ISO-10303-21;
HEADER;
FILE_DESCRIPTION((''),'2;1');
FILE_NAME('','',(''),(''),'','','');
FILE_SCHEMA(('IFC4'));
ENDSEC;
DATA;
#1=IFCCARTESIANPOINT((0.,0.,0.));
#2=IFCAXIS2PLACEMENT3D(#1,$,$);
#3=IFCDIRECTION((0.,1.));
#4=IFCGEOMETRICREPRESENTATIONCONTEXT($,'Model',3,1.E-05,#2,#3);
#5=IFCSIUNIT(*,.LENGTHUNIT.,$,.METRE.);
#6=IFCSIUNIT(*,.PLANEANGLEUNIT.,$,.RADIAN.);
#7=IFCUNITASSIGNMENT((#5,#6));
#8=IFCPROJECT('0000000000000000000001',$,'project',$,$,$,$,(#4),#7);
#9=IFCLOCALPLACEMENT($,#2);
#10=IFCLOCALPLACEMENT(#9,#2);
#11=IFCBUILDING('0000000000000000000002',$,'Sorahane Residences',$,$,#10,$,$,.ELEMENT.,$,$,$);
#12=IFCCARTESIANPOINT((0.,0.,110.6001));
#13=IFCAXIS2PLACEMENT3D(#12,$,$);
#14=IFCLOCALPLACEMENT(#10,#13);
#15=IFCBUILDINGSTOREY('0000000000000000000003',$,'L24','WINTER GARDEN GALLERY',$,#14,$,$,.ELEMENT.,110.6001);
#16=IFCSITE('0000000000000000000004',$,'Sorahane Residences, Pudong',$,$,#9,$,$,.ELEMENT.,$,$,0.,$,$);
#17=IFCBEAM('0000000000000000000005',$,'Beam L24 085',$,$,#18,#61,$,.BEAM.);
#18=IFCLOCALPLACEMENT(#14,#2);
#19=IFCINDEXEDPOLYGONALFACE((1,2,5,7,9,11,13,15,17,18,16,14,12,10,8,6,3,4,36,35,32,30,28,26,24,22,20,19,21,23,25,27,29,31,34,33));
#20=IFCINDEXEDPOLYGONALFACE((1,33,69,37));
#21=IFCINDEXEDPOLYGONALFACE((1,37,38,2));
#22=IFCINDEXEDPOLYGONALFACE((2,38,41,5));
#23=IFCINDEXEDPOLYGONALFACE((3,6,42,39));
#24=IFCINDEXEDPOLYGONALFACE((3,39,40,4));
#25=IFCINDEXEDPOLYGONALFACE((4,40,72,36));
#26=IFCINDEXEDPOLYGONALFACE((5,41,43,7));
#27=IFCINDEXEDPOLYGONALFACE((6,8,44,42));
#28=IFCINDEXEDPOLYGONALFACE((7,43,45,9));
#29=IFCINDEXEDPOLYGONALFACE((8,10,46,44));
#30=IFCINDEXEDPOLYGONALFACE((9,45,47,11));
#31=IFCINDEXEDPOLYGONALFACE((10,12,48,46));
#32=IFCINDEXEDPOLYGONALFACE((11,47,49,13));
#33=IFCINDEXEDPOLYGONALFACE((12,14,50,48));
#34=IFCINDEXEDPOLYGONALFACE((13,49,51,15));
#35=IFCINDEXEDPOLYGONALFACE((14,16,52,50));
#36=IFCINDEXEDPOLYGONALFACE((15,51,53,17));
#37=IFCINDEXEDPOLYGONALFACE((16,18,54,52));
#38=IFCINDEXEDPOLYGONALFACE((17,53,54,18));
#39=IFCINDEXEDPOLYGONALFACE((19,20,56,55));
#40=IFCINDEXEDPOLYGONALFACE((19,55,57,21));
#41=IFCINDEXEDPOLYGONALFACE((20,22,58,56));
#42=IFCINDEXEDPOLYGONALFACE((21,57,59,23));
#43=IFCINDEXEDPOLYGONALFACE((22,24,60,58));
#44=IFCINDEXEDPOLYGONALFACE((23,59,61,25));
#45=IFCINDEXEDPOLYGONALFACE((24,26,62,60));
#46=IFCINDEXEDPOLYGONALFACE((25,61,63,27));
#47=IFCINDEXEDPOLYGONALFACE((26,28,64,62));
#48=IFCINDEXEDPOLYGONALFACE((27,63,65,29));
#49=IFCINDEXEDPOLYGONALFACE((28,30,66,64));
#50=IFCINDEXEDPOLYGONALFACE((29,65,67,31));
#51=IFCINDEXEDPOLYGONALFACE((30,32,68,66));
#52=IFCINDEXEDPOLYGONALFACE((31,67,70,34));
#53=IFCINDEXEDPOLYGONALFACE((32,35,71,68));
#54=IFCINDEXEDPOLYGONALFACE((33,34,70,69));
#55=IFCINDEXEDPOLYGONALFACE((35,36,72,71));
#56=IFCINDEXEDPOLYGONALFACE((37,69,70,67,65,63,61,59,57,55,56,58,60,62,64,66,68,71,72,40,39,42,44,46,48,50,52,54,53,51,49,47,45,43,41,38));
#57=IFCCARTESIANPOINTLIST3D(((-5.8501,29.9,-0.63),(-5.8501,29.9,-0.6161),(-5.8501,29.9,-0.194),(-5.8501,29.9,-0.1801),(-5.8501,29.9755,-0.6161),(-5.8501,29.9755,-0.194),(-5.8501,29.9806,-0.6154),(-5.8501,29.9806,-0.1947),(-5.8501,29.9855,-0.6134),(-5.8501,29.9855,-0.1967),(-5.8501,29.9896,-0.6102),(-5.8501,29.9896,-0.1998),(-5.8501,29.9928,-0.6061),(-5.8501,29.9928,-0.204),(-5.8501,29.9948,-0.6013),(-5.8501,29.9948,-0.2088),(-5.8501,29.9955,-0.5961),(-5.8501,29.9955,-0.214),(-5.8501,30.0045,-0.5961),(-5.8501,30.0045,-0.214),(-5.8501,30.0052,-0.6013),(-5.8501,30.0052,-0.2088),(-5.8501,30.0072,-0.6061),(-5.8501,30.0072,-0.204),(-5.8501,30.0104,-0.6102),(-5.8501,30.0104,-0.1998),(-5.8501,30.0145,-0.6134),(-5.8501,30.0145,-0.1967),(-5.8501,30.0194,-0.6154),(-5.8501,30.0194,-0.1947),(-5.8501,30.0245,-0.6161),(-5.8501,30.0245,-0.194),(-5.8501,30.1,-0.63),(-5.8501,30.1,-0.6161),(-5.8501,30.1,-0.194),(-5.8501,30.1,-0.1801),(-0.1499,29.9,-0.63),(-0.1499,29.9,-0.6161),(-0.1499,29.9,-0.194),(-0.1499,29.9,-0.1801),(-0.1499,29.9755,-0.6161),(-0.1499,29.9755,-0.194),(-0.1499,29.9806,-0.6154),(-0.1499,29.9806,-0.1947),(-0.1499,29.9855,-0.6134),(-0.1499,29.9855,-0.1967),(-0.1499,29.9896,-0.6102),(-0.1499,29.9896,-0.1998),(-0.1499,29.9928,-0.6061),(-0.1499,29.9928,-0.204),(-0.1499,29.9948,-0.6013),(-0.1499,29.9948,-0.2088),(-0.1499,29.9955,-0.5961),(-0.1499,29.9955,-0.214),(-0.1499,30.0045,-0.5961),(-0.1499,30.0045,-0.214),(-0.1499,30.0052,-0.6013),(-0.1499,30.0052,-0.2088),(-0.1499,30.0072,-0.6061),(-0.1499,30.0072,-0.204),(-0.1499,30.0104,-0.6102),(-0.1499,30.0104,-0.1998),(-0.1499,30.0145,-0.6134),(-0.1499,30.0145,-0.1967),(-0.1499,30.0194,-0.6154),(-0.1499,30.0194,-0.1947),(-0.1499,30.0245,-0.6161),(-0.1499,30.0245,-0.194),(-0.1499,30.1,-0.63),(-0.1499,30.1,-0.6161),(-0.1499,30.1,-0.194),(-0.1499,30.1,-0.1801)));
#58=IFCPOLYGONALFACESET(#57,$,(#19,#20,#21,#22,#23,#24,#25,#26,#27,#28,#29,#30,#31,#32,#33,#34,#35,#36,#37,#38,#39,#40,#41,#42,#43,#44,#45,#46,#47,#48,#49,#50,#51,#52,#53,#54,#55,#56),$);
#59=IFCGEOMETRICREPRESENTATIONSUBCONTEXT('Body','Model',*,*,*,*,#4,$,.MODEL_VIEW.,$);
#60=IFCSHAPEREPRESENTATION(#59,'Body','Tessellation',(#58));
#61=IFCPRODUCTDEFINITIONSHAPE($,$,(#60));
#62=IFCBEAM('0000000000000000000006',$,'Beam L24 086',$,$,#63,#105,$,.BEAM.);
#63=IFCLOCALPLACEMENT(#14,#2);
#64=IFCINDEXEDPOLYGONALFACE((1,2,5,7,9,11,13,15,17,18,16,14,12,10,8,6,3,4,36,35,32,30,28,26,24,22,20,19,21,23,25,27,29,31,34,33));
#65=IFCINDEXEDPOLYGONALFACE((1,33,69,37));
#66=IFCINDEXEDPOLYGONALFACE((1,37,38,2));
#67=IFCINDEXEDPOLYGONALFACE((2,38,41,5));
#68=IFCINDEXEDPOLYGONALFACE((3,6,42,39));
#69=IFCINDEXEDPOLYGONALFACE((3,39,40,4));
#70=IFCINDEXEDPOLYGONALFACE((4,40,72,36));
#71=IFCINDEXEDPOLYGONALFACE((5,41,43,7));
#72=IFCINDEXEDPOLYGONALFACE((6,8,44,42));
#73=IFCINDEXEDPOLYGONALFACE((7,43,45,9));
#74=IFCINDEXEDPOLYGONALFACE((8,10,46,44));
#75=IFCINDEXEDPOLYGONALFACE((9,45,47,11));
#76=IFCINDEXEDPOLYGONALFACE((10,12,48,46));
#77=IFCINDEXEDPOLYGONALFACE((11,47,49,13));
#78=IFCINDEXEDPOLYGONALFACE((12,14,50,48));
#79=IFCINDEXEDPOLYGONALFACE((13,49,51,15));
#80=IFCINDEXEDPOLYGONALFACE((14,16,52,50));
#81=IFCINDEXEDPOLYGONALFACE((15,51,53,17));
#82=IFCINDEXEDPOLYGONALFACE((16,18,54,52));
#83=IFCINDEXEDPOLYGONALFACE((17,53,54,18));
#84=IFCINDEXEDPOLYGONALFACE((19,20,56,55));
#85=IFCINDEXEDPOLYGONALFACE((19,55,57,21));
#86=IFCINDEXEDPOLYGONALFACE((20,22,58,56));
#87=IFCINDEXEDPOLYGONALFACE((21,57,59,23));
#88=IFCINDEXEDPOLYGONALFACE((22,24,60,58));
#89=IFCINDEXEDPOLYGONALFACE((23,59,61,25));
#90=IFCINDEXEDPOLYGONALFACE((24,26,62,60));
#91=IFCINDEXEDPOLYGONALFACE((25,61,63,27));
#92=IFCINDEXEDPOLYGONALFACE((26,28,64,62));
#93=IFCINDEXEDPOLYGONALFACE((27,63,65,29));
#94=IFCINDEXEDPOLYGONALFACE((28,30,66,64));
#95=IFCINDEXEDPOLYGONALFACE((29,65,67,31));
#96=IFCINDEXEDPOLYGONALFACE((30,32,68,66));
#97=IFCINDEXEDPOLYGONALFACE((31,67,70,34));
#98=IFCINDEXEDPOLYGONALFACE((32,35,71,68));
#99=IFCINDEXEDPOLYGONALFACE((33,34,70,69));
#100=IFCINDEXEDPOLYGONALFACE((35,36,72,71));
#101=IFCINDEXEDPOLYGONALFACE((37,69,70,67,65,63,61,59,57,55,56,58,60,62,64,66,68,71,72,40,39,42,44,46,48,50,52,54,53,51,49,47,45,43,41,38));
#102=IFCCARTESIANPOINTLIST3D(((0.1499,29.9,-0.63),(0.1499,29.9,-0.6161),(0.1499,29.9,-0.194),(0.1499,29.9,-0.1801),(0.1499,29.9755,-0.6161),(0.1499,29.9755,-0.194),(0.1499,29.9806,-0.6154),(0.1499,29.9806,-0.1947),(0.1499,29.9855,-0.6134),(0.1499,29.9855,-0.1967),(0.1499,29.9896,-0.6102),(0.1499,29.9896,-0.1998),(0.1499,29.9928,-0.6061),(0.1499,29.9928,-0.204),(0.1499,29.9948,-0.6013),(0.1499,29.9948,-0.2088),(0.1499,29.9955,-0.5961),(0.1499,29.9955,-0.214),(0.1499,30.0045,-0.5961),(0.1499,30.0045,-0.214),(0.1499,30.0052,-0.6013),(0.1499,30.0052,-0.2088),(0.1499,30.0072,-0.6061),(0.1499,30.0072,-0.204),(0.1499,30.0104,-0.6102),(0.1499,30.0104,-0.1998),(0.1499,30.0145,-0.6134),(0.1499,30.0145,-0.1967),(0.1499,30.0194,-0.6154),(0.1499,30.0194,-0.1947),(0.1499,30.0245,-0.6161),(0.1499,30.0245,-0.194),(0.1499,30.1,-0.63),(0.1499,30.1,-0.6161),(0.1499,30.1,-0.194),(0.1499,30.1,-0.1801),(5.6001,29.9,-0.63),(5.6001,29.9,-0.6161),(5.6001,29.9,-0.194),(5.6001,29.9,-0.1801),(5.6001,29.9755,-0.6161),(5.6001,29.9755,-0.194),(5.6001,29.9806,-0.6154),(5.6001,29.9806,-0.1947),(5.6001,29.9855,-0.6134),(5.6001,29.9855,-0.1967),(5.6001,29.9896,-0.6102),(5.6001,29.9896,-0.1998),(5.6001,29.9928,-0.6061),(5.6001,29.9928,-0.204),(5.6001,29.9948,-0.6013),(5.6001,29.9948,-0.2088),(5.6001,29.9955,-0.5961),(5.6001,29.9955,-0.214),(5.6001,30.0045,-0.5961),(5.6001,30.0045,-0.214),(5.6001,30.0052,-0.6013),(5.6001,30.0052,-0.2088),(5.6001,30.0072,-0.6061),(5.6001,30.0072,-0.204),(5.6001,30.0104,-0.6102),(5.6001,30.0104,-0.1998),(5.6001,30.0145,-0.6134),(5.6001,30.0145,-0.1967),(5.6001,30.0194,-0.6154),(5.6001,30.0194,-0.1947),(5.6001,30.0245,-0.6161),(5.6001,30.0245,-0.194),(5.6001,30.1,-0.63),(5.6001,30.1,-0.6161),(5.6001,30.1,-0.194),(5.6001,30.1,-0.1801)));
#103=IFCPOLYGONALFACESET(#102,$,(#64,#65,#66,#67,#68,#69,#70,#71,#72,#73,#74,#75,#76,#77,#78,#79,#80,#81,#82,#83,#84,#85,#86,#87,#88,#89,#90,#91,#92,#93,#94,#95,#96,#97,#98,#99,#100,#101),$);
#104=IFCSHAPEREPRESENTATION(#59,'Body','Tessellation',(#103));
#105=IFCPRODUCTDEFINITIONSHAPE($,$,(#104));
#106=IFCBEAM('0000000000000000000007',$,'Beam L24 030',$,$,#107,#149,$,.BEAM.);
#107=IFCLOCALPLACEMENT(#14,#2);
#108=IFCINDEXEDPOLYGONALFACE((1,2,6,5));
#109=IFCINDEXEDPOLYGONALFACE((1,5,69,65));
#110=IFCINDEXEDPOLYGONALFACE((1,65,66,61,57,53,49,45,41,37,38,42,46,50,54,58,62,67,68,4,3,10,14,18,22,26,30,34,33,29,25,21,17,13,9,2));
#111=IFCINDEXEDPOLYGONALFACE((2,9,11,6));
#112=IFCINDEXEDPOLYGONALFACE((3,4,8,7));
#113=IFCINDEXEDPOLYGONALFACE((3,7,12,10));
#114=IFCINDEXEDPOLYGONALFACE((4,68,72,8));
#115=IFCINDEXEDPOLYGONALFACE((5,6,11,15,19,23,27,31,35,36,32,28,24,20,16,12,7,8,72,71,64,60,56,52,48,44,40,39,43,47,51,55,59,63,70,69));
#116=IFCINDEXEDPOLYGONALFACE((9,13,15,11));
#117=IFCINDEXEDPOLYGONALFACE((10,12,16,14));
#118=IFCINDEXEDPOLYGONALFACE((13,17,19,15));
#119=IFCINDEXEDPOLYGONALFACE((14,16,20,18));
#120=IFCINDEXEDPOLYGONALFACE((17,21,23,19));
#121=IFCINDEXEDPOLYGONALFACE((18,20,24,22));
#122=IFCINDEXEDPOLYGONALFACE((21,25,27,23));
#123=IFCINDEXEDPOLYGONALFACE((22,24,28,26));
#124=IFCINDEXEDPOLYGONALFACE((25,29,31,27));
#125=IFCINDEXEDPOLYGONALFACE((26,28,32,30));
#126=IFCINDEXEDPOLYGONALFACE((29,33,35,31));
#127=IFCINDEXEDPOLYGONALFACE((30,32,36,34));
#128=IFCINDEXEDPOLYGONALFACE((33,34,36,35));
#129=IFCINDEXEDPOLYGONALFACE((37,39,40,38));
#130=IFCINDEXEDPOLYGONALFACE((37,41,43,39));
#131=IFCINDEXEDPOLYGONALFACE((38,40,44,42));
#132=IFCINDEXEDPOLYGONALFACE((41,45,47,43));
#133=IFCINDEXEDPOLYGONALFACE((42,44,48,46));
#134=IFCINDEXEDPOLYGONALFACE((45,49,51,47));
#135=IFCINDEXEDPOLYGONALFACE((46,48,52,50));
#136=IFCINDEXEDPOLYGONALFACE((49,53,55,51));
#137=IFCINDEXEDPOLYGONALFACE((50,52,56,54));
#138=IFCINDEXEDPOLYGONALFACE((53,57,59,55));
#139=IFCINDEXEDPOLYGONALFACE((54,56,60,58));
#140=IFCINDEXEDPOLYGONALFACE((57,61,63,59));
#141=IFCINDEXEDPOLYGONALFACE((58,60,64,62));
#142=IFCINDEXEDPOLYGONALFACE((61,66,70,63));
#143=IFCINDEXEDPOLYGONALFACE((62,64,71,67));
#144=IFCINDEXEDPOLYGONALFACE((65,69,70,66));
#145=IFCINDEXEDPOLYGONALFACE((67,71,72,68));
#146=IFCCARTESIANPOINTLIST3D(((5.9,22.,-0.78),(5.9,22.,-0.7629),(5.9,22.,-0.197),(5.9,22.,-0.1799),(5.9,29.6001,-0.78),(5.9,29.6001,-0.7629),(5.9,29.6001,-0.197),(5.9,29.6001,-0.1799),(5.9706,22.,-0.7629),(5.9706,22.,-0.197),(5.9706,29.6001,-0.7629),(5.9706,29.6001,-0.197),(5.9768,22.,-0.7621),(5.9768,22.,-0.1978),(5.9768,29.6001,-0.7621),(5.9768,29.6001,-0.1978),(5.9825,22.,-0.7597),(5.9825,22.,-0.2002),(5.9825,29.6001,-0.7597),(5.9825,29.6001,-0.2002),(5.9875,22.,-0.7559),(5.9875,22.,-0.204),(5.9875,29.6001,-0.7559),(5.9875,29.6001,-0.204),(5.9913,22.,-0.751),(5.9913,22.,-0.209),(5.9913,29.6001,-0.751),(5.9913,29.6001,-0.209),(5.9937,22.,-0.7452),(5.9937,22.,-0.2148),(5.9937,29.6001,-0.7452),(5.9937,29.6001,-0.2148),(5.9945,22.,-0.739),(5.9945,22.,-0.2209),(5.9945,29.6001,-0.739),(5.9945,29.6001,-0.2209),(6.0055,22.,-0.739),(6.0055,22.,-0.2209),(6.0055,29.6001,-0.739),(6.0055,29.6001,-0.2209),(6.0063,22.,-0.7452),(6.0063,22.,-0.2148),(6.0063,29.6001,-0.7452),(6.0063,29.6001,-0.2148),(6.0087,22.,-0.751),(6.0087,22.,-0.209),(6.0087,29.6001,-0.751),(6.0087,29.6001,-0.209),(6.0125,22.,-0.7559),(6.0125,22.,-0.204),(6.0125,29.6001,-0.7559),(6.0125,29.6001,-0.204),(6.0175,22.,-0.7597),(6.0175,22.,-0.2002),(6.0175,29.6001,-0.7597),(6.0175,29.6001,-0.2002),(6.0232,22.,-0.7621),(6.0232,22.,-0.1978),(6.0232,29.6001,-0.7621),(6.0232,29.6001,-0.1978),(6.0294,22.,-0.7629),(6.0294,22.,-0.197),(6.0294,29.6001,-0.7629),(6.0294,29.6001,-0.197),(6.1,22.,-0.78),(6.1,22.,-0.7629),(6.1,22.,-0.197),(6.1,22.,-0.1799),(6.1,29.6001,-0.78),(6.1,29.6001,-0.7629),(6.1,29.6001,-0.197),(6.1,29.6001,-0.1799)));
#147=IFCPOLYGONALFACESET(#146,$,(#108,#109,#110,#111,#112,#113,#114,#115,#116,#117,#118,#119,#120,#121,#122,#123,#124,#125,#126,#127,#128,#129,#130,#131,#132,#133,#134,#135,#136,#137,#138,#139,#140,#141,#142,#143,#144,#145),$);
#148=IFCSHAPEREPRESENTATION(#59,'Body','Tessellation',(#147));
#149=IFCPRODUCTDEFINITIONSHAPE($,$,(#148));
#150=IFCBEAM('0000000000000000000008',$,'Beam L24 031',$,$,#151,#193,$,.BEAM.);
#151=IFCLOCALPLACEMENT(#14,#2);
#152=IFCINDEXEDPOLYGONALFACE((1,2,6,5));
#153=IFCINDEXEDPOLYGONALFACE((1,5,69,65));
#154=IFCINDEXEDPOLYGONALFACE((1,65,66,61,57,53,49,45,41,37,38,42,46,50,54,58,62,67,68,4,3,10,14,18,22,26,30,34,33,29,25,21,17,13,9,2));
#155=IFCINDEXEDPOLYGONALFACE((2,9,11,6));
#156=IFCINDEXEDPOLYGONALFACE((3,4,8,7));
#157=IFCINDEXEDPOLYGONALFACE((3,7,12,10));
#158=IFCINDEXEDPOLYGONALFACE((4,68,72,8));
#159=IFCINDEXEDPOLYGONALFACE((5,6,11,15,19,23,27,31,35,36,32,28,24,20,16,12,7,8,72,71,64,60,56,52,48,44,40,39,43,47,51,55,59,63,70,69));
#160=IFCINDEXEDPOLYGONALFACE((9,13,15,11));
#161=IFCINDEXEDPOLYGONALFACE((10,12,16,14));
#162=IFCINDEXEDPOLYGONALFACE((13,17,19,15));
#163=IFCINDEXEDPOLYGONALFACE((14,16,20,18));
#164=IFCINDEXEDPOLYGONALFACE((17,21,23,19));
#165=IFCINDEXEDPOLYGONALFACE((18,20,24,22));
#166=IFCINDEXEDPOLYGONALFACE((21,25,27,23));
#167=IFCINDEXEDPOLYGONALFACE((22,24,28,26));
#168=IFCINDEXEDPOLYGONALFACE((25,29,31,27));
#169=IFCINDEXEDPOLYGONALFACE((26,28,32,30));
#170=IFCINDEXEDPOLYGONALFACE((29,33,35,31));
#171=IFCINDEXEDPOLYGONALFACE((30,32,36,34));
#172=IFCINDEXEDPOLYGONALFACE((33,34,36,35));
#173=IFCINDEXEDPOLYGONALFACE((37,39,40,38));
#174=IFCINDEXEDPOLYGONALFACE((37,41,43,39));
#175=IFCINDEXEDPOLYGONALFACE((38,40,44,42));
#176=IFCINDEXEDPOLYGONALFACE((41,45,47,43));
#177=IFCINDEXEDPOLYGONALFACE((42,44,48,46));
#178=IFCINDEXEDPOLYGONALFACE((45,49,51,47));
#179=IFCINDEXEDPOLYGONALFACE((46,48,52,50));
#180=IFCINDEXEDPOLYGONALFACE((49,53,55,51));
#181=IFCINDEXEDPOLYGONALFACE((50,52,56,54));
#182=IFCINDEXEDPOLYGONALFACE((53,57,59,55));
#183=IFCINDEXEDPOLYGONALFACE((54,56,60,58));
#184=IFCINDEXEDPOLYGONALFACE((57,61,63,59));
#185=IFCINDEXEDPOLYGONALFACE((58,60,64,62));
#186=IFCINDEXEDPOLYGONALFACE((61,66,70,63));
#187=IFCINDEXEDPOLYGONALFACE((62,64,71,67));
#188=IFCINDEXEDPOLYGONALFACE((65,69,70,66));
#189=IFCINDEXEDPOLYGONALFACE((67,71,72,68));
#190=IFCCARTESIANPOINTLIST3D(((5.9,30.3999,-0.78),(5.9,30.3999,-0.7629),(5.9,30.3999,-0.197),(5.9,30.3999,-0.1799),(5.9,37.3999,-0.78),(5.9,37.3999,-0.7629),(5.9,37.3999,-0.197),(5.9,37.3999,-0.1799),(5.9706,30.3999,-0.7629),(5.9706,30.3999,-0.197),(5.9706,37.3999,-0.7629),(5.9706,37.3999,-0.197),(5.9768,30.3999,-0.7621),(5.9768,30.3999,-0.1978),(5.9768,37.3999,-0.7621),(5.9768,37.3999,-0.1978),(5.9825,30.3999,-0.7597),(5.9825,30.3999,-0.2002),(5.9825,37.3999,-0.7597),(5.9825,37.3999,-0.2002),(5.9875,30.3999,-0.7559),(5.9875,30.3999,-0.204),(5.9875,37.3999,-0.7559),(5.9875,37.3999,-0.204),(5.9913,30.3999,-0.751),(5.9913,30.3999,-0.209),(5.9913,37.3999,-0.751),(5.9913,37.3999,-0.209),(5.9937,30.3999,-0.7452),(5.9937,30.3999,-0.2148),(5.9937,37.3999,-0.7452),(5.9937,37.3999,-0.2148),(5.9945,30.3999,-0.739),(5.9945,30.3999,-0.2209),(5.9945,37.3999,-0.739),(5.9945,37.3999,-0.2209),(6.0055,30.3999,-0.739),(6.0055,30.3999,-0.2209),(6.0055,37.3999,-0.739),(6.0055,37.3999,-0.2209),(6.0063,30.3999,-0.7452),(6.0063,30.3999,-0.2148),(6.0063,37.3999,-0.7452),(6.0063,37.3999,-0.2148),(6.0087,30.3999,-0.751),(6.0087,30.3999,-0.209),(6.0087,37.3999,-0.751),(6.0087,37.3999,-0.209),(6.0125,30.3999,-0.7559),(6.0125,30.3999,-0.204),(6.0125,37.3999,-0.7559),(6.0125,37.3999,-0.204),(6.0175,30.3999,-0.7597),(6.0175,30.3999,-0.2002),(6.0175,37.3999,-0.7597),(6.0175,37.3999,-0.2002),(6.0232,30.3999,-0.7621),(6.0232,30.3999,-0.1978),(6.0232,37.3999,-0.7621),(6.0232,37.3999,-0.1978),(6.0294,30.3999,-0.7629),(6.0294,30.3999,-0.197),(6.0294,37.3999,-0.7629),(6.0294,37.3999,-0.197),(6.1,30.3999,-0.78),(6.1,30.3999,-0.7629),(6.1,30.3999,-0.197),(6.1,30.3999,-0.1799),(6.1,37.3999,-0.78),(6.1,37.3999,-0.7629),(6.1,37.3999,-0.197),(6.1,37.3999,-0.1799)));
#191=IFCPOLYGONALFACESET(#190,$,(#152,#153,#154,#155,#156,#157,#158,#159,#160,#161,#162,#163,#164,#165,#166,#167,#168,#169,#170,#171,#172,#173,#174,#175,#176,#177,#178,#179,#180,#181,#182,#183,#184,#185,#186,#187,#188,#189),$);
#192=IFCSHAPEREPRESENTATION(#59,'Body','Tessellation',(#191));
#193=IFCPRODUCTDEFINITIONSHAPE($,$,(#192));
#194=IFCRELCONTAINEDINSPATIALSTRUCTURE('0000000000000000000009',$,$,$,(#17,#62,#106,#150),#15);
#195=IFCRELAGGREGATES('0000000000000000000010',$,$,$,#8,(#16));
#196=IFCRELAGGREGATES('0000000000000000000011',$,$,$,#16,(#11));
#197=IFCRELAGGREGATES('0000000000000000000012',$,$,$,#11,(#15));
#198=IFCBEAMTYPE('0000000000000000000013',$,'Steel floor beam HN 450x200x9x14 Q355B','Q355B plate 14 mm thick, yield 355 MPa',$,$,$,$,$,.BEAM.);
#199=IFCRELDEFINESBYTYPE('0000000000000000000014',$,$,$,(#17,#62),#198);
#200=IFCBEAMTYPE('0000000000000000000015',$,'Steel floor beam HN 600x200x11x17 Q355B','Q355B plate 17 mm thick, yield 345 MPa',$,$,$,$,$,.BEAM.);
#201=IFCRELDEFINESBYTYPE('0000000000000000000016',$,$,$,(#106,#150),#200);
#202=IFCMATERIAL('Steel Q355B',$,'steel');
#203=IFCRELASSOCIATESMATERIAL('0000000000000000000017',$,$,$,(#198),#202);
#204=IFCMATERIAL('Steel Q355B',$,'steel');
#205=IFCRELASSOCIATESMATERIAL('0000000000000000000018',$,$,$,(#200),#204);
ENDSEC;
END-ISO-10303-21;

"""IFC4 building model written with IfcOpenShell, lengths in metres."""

from ifc_helpers import new_model, si_unit, direction, frame, origin, origin_2d, place, context, subcontext, project, spatial, i_section, extrude, material, material_profile, profile_set, type_object, element, save


model = new_model("IFC4")

# Units and contexts
model_context = context("Model", 3, precision=1e-05, world=origin(), true_north=direction((0.0, 1.0)))
body_context = subcontext(model_context, "Body", "Model", "MODEL_VIEW")
ifc_project = project(units=[si_unit("LENGTHUNIT", "METRE"), si_unit("PLANEANGLEUNIT", "RADIAN")], contexts=[model_context])

# Site, building, storey
site_placement = place(None, origin())
site = spatial("IfcSite", under=ifc_project, at=site_placement, Name="Sorahane Residences, Pudong", CompositionType="ELEMENT", RefElevation=0.0)
building_placement = place(site_placement, origin())
building = spatial("IfcBuilding", under=site, at=building_placement, Name="Sorahane Residences", CompositionType="ELEMENT")
storey_placement = place(building_placement, frame((0.0, 0.0, 110.6001)))
storey = spatial("IfcBuildingStorey", under=building, at=storey_placement, Name="L24", Description="WINTER GARDEN GALLERY", CompositionType="ELEMENT", Elevation=110.6001)

# Beams
ifc_material_1 = material(Name="Steel Q355B", Category="steel")
ifc_material_profile_1 = material_profile(ifc_material_1, i_section(OverallWidth=0.2, OverallDepth=0.45, WebThickness=0.009, FlangeThickness=0.0139, FilletRadius=0.02, at=origin_2d()), Name="HN 450x200x9x14")
ifc_profile_set_1 = profile_set([ifc_material_profile_1], Name="Steel Q355B")
beam_type_1 = type_object("IfcBeamType", Name="Steel floor beam HN 450x200x9x14 Q355B", Description="Q355B plate 14 mm thick, yield 355 MPa", PredefinedType="BEAM", material=ifc_profile_set_1)
beam_1_placement = place(storey_placement, frame((-5.8501, 30.0, -0.405), z_axis=(1.0, 0.0, 0.0), x_axis=(0.0, 1.0, 0.0)))
element("IfcBeam", 1, at=beam_1_placement, inside=storey, type_object=beam_type_1, Name="Beam L24 085", PredefinedType="BEAM", context=body_context, shape_type="SweptSolid", body=[
    extrude(i_section(OverallWidth=0.2, OverallDepth=0.45, WebThickness=0.009, FlangeThickness=0.0139, FilletRadius=0.02, at=origin_2d()), origin(), (0.0, 0.0, 1.0), 5.7002),
])
beam_2_placement = place(storey_placement, frame((0.1499, 30.0, -0.405), z_axis=(1.0, 0.0, 0.0), x_axis=(0.0, 1.0, 0.0)))
element("IfcBeam", 2, at=beam_2_placement, inside=storey, type_object=beam_type_1, Name="Beam L24 086", PredefinedType="BEAM", context=body_context, shape_type="SweptSolid", body=[
    extrude(i_section(OverallWidth=0.2, OverallDepth=0.45, WebThickness=0.009, FlangeThickness=0.0139, FilletRadius=0.02, at=origin_2d()), origin(), (0.0, 0.0, 1.0), 5.4502),
])
ifc_material_2 = material(Name="Steel Q355B", Category="steel")
ifc_material_profile_2 = material_profile(ifc_material_2, i_section(OverallWidth=0.2, OverallDepth=0.6001, WebThickness=0.011, FlangeThickness=0.0171, FilletRadius=0.0239, at=origin_2d()), Name="HN 600x200x11x17")
ifc_profile_set_2 = profile_set([ifc_material_profile_2], Name="Steel Q355B")
beam_type_2 = type_object("IfcBeamType", Name="Steel floor beam HN 600x200x11x17 Q355B", Description="Q355B plate 17 mm thick, yield 345 MPa", PredefinedType="BEAM", material=ifc_profile_set_2)
beam_3_placement = place(storey_placement, frame((6.0, 22.0, -0.48), z_axis=(0.0, 1.0, 0.0), x_axis=(-1.0, 0.0, 0.0)))
element("IfcBeam", 3, at=beam_3_placement, inside=storey, type_object=beam_type_2, Name="Beam L24 030", PredefinedType="BEAM", context=body_context, shape_type="SweptSolid", body=[
    extrude(i_section(OverallWidth=0.2, OverallDepth=0.6001, WebThickness=0.011, FlangeThickness=0.0171, FilletRadius=0.0239, at=origin_2d()), origin(), (0.0, 0.0, 1.0), 7.6001),
])
beam_4_placement = place(storey_placement, frame((6.0, 30.3999, -0.48), z_axis=(0.0, 1.0, 0.0), x_axis=(-1.0, 0.0, 0.0)))
element("IfcBeam", 4, at=beam_4_placement, inside=storey, type_object=beam_type_2, Name="Beam L24 031", PredefinedType="BEAM", context=body_context, shape_type="SweptSolid", body=[
    extrude(i_section(OverallWidth=0.2, OverallDepth=0.6001, WebThickness=0.011, FlangeThickness=0.0171, FilletRadius=0.0239, at=origin_2d()), origin(), (0.0, 0.0, 1.0), 7.0),
])

save(model, "model.ifc")
